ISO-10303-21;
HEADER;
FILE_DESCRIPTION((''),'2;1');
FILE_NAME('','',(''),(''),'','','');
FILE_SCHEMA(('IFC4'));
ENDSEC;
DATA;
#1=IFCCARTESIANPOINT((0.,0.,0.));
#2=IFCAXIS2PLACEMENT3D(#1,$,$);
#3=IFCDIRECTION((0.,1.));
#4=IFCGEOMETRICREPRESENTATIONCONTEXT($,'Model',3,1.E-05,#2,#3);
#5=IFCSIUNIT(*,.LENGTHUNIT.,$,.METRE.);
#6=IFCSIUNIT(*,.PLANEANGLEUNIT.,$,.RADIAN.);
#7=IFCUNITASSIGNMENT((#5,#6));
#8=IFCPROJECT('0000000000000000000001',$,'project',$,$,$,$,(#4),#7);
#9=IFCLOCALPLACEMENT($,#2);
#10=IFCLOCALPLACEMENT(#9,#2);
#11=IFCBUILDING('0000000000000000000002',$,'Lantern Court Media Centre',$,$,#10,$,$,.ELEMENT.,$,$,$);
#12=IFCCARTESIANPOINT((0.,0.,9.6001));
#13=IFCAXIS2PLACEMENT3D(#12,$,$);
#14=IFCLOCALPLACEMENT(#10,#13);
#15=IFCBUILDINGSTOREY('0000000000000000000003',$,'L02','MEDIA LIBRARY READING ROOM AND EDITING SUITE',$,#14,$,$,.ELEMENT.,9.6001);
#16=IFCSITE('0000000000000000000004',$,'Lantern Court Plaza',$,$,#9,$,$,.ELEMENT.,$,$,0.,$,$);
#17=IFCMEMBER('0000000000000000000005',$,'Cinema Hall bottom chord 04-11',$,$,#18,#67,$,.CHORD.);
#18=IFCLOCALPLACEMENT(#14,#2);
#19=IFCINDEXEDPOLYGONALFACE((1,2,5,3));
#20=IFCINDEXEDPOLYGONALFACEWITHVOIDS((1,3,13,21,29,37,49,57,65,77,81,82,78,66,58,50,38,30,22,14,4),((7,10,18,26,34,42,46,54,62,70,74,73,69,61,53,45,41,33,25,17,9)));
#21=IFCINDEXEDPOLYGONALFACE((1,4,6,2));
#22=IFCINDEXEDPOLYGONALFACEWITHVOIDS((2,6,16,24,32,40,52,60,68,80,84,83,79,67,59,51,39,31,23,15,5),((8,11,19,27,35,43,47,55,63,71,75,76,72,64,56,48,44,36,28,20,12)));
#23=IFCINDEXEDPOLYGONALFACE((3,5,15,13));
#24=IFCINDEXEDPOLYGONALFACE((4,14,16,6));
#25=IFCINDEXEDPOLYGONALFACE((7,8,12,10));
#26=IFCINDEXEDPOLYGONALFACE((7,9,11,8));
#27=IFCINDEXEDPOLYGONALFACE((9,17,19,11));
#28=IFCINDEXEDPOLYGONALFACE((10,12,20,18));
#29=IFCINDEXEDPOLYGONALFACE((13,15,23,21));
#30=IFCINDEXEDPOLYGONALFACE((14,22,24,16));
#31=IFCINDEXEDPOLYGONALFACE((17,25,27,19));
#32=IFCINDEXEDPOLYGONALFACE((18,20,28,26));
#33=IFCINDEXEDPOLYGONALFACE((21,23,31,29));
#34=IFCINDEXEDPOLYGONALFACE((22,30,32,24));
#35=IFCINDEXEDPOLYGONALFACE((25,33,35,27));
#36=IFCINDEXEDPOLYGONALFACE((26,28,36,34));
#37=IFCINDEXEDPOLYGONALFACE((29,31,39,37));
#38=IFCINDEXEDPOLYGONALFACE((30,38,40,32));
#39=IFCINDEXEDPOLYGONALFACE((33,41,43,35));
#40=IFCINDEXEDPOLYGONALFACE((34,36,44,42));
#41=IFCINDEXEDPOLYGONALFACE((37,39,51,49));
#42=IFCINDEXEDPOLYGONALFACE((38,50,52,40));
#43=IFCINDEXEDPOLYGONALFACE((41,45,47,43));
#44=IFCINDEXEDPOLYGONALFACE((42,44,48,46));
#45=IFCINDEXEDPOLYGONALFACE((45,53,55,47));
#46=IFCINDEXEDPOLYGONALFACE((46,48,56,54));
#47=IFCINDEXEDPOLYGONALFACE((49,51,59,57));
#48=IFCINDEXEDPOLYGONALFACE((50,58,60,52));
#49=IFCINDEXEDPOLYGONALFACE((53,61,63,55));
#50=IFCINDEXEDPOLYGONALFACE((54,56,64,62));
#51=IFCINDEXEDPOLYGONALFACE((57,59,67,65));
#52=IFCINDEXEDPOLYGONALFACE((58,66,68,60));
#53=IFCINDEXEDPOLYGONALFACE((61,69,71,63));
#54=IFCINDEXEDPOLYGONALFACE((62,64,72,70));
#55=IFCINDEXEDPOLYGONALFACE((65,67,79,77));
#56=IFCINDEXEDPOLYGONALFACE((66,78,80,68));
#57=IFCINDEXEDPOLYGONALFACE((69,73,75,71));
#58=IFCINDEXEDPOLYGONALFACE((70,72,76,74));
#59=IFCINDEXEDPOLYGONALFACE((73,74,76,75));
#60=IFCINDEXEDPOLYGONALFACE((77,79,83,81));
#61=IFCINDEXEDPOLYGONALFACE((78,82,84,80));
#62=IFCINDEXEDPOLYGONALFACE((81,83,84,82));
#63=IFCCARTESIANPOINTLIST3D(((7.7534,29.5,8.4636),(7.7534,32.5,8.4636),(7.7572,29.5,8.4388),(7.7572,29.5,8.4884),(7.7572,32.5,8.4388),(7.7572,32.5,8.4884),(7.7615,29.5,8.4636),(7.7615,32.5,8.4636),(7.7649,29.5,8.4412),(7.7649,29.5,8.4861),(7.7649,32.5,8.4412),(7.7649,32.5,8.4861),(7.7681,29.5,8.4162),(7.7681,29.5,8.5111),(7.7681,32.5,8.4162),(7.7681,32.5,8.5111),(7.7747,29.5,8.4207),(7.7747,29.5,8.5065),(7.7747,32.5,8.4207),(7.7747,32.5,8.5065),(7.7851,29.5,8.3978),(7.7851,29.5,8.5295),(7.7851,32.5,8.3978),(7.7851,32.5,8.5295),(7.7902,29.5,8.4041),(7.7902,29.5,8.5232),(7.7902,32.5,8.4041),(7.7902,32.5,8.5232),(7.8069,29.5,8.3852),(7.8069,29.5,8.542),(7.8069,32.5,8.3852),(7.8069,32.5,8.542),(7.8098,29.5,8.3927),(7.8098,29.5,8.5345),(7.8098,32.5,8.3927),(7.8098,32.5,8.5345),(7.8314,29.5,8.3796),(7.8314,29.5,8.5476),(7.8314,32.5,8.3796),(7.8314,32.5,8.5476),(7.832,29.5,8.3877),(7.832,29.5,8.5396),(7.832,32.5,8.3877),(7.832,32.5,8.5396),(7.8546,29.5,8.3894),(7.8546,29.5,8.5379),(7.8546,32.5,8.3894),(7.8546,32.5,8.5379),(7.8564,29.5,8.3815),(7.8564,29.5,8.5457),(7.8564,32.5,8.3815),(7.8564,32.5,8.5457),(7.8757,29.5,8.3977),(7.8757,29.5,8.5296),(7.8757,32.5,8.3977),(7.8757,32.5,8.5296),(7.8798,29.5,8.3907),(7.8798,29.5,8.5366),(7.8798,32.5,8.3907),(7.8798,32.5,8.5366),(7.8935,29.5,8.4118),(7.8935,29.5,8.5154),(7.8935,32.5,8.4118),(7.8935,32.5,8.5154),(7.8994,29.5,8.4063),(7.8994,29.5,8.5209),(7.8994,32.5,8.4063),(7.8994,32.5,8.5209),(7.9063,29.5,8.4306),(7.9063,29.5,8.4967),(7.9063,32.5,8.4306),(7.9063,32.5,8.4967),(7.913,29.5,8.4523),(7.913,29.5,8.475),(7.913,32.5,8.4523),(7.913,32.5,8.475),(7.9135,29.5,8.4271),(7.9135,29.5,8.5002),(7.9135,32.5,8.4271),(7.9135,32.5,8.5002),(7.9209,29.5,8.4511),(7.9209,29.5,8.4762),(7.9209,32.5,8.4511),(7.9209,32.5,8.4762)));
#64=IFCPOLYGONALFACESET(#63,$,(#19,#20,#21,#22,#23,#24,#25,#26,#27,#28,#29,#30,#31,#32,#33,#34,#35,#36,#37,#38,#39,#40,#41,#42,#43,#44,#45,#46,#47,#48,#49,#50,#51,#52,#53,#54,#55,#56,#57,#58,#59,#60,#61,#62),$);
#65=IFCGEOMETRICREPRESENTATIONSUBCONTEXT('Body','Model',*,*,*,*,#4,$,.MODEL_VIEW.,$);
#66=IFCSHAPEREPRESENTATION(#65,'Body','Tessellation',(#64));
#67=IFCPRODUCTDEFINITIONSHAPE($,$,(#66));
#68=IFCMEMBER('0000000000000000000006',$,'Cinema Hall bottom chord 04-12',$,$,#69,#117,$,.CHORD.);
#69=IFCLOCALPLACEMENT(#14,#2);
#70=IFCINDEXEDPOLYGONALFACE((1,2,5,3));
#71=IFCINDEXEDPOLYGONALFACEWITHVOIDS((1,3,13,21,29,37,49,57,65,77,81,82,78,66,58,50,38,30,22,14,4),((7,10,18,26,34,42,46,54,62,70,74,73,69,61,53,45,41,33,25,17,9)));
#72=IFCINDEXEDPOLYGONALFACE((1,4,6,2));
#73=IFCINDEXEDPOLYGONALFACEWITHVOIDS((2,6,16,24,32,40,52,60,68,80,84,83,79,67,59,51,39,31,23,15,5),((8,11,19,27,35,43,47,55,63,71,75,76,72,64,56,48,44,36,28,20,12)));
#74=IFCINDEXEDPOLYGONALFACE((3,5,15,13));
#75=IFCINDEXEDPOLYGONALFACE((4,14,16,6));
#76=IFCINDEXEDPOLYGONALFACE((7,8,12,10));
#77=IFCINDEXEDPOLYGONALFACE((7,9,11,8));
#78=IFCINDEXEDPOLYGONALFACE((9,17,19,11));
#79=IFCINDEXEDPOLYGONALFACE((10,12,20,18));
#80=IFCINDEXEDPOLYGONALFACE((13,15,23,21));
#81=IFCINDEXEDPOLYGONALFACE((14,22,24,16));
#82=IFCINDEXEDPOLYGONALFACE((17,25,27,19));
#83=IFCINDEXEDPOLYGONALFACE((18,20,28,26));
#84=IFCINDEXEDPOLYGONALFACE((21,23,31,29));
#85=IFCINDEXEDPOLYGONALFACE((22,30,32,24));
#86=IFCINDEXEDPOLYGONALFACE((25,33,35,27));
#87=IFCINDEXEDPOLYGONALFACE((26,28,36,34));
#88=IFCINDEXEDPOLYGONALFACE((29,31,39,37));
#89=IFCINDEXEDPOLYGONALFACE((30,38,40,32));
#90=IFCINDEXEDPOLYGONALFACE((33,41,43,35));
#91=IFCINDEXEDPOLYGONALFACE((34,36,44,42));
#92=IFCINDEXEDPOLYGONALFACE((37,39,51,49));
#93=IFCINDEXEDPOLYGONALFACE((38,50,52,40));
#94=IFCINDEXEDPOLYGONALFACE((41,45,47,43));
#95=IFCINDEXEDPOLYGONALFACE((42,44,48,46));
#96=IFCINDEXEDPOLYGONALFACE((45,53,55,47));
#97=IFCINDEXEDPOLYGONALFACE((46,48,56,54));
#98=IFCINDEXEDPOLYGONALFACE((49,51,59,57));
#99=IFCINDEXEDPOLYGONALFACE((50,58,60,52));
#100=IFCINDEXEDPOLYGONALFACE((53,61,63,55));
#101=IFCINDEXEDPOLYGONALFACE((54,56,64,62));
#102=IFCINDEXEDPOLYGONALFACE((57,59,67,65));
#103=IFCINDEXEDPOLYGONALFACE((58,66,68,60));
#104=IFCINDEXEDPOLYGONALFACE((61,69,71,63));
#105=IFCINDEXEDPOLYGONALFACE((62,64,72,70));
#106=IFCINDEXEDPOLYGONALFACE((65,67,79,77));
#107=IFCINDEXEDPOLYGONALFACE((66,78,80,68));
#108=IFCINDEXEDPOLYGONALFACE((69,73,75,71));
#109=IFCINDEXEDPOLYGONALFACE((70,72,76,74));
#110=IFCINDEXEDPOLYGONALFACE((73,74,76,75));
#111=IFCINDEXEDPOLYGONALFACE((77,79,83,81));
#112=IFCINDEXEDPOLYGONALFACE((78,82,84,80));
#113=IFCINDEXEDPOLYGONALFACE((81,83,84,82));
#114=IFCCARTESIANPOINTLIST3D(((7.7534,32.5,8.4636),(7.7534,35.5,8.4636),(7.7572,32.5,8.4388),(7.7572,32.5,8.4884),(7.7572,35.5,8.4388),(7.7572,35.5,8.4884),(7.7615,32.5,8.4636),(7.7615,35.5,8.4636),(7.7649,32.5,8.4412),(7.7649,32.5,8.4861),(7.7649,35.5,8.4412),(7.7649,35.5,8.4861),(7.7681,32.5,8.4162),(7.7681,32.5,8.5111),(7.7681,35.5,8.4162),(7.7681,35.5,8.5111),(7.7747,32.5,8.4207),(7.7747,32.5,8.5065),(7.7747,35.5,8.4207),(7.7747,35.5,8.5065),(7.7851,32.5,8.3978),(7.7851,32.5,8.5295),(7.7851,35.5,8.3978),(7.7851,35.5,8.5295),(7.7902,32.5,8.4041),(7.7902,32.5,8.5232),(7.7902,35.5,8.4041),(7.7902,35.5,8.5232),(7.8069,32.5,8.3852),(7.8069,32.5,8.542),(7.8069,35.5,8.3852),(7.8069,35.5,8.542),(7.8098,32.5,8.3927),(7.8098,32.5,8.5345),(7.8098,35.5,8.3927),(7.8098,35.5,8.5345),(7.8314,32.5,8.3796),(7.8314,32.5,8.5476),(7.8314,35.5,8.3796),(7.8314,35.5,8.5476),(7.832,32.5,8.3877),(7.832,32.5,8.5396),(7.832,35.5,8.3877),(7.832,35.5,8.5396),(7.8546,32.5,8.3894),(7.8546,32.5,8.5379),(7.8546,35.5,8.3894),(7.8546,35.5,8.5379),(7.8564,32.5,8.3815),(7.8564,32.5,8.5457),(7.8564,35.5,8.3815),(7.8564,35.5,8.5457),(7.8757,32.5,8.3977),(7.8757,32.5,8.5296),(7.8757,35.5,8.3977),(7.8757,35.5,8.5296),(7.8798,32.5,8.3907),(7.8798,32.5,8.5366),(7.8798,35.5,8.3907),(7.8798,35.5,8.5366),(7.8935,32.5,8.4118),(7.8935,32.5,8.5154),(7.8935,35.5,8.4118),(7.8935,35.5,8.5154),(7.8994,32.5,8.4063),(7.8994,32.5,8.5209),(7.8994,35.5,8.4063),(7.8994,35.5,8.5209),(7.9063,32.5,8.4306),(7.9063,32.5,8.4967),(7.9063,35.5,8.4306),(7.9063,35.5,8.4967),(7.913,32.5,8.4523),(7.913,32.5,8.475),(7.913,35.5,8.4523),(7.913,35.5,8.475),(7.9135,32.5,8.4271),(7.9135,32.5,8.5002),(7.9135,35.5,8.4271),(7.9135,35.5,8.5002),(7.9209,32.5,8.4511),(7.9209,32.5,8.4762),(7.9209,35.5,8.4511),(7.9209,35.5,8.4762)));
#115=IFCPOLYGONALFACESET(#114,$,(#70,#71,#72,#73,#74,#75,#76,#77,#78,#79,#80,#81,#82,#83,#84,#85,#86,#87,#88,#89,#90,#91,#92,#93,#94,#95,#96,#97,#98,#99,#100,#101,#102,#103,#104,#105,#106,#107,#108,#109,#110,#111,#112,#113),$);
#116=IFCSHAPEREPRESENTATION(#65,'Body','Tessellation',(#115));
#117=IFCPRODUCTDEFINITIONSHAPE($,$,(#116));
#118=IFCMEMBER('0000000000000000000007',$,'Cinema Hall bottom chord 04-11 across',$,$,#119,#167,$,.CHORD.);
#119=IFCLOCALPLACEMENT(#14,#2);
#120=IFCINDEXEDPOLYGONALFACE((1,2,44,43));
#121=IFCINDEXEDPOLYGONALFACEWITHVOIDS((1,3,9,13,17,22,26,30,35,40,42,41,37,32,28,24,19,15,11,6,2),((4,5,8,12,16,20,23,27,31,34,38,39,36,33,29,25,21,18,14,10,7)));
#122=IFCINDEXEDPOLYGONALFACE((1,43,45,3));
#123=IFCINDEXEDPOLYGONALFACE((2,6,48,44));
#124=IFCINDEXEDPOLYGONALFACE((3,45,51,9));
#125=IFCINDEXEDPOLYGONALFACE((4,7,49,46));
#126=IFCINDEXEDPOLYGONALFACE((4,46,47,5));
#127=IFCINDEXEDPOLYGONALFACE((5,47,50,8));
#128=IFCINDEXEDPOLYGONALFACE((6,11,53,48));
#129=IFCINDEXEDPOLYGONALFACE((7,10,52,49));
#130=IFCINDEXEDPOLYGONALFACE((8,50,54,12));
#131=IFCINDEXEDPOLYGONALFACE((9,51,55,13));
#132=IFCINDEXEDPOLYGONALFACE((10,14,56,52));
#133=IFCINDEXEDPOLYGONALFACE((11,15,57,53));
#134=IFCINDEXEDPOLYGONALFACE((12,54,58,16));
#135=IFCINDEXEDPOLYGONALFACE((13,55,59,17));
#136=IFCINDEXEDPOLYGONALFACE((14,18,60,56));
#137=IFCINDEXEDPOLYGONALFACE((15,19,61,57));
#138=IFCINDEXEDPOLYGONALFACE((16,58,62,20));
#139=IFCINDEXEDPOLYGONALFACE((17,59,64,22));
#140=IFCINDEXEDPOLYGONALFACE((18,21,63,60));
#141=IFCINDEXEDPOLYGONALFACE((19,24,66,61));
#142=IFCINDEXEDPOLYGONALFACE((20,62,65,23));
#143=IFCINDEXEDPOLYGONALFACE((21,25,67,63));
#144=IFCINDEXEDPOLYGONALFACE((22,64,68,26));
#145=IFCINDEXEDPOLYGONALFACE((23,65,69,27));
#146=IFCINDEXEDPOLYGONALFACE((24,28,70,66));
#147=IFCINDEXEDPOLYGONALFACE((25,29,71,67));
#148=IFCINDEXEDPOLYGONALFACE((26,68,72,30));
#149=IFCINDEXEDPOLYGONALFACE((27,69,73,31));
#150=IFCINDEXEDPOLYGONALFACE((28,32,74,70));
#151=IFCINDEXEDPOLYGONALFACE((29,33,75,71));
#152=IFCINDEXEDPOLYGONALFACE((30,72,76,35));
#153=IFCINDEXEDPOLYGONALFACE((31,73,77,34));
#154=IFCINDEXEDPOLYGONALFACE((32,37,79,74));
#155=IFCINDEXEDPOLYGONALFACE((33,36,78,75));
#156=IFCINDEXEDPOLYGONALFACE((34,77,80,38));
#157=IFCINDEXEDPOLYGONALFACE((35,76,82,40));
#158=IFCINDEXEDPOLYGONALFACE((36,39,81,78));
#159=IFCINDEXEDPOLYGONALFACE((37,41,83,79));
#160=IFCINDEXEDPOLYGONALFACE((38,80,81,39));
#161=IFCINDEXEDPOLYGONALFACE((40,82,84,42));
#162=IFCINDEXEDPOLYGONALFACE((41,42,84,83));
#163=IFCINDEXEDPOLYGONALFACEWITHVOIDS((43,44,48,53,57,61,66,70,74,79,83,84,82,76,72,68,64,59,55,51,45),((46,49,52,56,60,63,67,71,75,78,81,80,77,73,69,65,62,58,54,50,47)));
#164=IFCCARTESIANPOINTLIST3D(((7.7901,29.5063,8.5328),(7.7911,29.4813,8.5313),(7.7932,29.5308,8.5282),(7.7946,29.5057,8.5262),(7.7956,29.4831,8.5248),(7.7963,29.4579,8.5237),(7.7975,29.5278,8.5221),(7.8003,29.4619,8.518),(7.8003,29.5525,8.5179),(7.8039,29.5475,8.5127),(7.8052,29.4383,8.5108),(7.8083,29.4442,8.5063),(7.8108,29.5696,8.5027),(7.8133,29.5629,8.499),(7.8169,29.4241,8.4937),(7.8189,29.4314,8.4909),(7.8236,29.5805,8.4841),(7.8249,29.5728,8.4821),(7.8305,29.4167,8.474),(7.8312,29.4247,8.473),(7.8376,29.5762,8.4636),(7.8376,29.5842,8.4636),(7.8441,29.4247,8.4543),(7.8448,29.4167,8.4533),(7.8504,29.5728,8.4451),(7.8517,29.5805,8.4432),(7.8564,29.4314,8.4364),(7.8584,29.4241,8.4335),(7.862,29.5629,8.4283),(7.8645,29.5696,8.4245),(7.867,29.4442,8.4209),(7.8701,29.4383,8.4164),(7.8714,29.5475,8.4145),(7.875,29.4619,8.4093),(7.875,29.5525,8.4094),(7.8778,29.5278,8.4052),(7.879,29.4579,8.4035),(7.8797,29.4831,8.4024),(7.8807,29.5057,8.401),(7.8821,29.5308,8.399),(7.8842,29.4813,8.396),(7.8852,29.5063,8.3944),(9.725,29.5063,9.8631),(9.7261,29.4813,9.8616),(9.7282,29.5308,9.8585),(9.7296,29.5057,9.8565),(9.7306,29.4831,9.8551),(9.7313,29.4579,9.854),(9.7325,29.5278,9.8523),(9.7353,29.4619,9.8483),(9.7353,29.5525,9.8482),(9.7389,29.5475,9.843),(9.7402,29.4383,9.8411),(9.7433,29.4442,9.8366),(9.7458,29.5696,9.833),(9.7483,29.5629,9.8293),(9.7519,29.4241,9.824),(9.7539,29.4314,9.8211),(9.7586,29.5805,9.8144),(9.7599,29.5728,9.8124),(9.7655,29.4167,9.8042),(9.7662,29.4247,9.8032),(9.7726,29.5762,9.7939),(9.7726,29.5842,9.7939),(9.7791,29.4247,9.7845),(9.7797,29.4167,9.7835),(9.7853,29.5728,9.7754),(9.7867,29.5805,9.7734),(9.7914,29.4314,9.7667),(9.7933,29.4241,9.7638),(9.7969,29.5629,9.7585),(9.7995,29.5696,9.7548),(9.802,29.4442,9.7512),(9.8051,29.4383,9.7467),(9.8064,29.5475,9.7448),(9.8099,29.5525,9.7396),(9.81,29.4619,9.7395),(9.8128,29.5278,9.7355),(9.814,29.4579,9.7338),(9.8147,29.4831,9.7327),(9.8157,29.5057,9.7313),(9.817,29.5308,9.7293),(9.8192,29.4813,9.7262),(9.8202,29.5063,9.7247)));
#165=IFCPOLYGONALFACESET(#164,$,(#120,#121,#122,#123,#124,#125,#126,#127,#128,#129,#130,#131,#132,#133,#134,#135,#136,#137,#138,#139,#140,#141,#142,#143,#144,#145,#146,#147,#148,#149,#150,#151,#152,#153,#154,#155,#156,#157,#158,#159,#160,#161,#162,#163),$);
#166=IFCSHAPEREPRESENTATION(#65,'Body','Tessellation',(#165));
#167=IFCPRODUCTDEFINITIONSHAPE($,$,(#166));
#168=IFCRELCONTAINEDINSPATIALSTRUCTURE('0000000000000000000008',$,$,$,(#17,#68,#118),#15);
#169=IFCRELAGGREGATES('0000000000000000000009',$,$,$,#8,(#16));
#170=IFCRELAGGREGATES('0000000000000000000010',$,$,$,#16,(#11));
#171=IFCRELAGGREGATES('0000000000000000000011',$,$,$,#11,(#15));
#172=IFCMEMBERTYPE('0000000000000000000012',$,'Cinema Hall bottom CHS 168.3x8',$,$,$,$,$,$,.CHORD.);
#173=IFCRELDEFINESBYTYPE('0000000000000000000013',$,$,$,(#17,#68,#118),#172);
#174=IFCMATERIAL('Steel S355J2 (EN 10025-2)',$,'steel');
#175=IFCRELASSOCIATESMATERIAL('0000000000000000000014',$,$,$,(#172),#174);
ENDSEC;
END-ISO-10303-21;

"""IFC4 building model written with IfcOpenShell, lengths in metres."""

from ifc_helpers import new_model, si_unit, direction, frame, origin, origin_2d, place, context, subcontext, project, spatial, hollow_circle, extrude, material, material_profile, profile_set, type_object, element, save


model = new_model("IFC4")

# Units and contexts
model_context = context("Model", 3, precision=1e-05, world=origin(), true_north=direction((0.0, 1.0)))
body_context = subcontext(model_context, "Body", "Model", "MODEL_VIEW")
ifc_project = project(units=[si_unit("LENGTHUNIT", "METRE"), si_unit("PLANEANGLEUNIT", "RADIAN")], contexts=[model_context])

# Site, building, storey
site_placement = place(None, origin())
site = spatial("IfcSite", under=ifc_project, at=site_placement, Name="Lantern Court Plaza", CompositionType="ELEMENT", RefElevation=0.0)
building_placement = place(site_placement, origin())
building = spatial("IfcBuilding", under=site, at=building_placement, Name="Lantern Court Media Centre", CompositionType="ELEMENT")
storey_placement = place(building_placement, frame((0.0, 0.0, 9.6001)))
storey = spatial("IfcBuildingStorey", under=building, at=storey_placement, Name="L02", Description="MEDIA LIBRARY READING ROOM AND EDITING SUITE", CompositionType="ELEMENT", Elevation=9.6001)

# Members
ifc_material = material(Name="Steel S355J2 (EN 10025-2)", Category="steel")
ifc_material_profile_1 = material_profile(ifc_material, hollow_circle(Radius=0.0842, WallThickness=0.0081, at=origin_2d()), Name="Cinema Hall bottom CHS 168.3x8")
ifc_profile_set_1 = profile_set([ifc_material_profile_1], Name="Steel S355J2 (EN 10025-2)")
member_type_1 = type_object("IfcMemberType", Name="Cinema Hall bottom CHS 168.3x8", PredefinedType="CHORD", material=ifc_profile_set_1)
for number, where, z_axis, x_axis, name in (
    (1, (7.8376, 29.5, 8.4636), (0.0, 1.0, 0.0), (-1.0, 0.0, 0.0), "Cinema Hall bottom chord 04-11"),
    (2, (7.8376, 32.5, 8.4636), (0.0, 1.0, 0.0), (-1.0, 0.0, 0.0), "Cinema Hall bottom chord 04-12"),
):
    element("IfcMember", number, at=place(storey_placement, frame(where, z_axis=z_axis, x_axis=x_axis)), inside=storey, type_object=member_type_1, Name=name, PredefinedType="CHORD", context=body_context, shape_type="SweptSolid", body=[
        extrude(hollow_circle(Radius=0.0842, WallThickness=0.0081, at=origin_2d()), origin(), (0.0, 0.0, 1.0), 3.0),
    ])
for number, where, z_axis, x_axis, name in (
    (3, (7.8376, 29.5, 8.4636), (0.824048, 0.0, 0.56652), (0.0, 1.0, 0.0), "Cinema Hall bottom chord 04-11 across"),
):
    element("IfcMember", number, at=place(storey_placement, frame(where, z_axis=z_axis, x_axis=x_axis)), inside=storey, type_object=member_type_1, Name=name, PredefinedType="CHORD", context=body_context, shape_type="SweptSolid", body=[
        extrude(hollow_circle(Radius=0.0842, WallThickness=0.0081, at=origin_2d()), origin(), (0.0, 0.0, 1.0), 2.3481),
    ])

save(model, "model.ifc")
